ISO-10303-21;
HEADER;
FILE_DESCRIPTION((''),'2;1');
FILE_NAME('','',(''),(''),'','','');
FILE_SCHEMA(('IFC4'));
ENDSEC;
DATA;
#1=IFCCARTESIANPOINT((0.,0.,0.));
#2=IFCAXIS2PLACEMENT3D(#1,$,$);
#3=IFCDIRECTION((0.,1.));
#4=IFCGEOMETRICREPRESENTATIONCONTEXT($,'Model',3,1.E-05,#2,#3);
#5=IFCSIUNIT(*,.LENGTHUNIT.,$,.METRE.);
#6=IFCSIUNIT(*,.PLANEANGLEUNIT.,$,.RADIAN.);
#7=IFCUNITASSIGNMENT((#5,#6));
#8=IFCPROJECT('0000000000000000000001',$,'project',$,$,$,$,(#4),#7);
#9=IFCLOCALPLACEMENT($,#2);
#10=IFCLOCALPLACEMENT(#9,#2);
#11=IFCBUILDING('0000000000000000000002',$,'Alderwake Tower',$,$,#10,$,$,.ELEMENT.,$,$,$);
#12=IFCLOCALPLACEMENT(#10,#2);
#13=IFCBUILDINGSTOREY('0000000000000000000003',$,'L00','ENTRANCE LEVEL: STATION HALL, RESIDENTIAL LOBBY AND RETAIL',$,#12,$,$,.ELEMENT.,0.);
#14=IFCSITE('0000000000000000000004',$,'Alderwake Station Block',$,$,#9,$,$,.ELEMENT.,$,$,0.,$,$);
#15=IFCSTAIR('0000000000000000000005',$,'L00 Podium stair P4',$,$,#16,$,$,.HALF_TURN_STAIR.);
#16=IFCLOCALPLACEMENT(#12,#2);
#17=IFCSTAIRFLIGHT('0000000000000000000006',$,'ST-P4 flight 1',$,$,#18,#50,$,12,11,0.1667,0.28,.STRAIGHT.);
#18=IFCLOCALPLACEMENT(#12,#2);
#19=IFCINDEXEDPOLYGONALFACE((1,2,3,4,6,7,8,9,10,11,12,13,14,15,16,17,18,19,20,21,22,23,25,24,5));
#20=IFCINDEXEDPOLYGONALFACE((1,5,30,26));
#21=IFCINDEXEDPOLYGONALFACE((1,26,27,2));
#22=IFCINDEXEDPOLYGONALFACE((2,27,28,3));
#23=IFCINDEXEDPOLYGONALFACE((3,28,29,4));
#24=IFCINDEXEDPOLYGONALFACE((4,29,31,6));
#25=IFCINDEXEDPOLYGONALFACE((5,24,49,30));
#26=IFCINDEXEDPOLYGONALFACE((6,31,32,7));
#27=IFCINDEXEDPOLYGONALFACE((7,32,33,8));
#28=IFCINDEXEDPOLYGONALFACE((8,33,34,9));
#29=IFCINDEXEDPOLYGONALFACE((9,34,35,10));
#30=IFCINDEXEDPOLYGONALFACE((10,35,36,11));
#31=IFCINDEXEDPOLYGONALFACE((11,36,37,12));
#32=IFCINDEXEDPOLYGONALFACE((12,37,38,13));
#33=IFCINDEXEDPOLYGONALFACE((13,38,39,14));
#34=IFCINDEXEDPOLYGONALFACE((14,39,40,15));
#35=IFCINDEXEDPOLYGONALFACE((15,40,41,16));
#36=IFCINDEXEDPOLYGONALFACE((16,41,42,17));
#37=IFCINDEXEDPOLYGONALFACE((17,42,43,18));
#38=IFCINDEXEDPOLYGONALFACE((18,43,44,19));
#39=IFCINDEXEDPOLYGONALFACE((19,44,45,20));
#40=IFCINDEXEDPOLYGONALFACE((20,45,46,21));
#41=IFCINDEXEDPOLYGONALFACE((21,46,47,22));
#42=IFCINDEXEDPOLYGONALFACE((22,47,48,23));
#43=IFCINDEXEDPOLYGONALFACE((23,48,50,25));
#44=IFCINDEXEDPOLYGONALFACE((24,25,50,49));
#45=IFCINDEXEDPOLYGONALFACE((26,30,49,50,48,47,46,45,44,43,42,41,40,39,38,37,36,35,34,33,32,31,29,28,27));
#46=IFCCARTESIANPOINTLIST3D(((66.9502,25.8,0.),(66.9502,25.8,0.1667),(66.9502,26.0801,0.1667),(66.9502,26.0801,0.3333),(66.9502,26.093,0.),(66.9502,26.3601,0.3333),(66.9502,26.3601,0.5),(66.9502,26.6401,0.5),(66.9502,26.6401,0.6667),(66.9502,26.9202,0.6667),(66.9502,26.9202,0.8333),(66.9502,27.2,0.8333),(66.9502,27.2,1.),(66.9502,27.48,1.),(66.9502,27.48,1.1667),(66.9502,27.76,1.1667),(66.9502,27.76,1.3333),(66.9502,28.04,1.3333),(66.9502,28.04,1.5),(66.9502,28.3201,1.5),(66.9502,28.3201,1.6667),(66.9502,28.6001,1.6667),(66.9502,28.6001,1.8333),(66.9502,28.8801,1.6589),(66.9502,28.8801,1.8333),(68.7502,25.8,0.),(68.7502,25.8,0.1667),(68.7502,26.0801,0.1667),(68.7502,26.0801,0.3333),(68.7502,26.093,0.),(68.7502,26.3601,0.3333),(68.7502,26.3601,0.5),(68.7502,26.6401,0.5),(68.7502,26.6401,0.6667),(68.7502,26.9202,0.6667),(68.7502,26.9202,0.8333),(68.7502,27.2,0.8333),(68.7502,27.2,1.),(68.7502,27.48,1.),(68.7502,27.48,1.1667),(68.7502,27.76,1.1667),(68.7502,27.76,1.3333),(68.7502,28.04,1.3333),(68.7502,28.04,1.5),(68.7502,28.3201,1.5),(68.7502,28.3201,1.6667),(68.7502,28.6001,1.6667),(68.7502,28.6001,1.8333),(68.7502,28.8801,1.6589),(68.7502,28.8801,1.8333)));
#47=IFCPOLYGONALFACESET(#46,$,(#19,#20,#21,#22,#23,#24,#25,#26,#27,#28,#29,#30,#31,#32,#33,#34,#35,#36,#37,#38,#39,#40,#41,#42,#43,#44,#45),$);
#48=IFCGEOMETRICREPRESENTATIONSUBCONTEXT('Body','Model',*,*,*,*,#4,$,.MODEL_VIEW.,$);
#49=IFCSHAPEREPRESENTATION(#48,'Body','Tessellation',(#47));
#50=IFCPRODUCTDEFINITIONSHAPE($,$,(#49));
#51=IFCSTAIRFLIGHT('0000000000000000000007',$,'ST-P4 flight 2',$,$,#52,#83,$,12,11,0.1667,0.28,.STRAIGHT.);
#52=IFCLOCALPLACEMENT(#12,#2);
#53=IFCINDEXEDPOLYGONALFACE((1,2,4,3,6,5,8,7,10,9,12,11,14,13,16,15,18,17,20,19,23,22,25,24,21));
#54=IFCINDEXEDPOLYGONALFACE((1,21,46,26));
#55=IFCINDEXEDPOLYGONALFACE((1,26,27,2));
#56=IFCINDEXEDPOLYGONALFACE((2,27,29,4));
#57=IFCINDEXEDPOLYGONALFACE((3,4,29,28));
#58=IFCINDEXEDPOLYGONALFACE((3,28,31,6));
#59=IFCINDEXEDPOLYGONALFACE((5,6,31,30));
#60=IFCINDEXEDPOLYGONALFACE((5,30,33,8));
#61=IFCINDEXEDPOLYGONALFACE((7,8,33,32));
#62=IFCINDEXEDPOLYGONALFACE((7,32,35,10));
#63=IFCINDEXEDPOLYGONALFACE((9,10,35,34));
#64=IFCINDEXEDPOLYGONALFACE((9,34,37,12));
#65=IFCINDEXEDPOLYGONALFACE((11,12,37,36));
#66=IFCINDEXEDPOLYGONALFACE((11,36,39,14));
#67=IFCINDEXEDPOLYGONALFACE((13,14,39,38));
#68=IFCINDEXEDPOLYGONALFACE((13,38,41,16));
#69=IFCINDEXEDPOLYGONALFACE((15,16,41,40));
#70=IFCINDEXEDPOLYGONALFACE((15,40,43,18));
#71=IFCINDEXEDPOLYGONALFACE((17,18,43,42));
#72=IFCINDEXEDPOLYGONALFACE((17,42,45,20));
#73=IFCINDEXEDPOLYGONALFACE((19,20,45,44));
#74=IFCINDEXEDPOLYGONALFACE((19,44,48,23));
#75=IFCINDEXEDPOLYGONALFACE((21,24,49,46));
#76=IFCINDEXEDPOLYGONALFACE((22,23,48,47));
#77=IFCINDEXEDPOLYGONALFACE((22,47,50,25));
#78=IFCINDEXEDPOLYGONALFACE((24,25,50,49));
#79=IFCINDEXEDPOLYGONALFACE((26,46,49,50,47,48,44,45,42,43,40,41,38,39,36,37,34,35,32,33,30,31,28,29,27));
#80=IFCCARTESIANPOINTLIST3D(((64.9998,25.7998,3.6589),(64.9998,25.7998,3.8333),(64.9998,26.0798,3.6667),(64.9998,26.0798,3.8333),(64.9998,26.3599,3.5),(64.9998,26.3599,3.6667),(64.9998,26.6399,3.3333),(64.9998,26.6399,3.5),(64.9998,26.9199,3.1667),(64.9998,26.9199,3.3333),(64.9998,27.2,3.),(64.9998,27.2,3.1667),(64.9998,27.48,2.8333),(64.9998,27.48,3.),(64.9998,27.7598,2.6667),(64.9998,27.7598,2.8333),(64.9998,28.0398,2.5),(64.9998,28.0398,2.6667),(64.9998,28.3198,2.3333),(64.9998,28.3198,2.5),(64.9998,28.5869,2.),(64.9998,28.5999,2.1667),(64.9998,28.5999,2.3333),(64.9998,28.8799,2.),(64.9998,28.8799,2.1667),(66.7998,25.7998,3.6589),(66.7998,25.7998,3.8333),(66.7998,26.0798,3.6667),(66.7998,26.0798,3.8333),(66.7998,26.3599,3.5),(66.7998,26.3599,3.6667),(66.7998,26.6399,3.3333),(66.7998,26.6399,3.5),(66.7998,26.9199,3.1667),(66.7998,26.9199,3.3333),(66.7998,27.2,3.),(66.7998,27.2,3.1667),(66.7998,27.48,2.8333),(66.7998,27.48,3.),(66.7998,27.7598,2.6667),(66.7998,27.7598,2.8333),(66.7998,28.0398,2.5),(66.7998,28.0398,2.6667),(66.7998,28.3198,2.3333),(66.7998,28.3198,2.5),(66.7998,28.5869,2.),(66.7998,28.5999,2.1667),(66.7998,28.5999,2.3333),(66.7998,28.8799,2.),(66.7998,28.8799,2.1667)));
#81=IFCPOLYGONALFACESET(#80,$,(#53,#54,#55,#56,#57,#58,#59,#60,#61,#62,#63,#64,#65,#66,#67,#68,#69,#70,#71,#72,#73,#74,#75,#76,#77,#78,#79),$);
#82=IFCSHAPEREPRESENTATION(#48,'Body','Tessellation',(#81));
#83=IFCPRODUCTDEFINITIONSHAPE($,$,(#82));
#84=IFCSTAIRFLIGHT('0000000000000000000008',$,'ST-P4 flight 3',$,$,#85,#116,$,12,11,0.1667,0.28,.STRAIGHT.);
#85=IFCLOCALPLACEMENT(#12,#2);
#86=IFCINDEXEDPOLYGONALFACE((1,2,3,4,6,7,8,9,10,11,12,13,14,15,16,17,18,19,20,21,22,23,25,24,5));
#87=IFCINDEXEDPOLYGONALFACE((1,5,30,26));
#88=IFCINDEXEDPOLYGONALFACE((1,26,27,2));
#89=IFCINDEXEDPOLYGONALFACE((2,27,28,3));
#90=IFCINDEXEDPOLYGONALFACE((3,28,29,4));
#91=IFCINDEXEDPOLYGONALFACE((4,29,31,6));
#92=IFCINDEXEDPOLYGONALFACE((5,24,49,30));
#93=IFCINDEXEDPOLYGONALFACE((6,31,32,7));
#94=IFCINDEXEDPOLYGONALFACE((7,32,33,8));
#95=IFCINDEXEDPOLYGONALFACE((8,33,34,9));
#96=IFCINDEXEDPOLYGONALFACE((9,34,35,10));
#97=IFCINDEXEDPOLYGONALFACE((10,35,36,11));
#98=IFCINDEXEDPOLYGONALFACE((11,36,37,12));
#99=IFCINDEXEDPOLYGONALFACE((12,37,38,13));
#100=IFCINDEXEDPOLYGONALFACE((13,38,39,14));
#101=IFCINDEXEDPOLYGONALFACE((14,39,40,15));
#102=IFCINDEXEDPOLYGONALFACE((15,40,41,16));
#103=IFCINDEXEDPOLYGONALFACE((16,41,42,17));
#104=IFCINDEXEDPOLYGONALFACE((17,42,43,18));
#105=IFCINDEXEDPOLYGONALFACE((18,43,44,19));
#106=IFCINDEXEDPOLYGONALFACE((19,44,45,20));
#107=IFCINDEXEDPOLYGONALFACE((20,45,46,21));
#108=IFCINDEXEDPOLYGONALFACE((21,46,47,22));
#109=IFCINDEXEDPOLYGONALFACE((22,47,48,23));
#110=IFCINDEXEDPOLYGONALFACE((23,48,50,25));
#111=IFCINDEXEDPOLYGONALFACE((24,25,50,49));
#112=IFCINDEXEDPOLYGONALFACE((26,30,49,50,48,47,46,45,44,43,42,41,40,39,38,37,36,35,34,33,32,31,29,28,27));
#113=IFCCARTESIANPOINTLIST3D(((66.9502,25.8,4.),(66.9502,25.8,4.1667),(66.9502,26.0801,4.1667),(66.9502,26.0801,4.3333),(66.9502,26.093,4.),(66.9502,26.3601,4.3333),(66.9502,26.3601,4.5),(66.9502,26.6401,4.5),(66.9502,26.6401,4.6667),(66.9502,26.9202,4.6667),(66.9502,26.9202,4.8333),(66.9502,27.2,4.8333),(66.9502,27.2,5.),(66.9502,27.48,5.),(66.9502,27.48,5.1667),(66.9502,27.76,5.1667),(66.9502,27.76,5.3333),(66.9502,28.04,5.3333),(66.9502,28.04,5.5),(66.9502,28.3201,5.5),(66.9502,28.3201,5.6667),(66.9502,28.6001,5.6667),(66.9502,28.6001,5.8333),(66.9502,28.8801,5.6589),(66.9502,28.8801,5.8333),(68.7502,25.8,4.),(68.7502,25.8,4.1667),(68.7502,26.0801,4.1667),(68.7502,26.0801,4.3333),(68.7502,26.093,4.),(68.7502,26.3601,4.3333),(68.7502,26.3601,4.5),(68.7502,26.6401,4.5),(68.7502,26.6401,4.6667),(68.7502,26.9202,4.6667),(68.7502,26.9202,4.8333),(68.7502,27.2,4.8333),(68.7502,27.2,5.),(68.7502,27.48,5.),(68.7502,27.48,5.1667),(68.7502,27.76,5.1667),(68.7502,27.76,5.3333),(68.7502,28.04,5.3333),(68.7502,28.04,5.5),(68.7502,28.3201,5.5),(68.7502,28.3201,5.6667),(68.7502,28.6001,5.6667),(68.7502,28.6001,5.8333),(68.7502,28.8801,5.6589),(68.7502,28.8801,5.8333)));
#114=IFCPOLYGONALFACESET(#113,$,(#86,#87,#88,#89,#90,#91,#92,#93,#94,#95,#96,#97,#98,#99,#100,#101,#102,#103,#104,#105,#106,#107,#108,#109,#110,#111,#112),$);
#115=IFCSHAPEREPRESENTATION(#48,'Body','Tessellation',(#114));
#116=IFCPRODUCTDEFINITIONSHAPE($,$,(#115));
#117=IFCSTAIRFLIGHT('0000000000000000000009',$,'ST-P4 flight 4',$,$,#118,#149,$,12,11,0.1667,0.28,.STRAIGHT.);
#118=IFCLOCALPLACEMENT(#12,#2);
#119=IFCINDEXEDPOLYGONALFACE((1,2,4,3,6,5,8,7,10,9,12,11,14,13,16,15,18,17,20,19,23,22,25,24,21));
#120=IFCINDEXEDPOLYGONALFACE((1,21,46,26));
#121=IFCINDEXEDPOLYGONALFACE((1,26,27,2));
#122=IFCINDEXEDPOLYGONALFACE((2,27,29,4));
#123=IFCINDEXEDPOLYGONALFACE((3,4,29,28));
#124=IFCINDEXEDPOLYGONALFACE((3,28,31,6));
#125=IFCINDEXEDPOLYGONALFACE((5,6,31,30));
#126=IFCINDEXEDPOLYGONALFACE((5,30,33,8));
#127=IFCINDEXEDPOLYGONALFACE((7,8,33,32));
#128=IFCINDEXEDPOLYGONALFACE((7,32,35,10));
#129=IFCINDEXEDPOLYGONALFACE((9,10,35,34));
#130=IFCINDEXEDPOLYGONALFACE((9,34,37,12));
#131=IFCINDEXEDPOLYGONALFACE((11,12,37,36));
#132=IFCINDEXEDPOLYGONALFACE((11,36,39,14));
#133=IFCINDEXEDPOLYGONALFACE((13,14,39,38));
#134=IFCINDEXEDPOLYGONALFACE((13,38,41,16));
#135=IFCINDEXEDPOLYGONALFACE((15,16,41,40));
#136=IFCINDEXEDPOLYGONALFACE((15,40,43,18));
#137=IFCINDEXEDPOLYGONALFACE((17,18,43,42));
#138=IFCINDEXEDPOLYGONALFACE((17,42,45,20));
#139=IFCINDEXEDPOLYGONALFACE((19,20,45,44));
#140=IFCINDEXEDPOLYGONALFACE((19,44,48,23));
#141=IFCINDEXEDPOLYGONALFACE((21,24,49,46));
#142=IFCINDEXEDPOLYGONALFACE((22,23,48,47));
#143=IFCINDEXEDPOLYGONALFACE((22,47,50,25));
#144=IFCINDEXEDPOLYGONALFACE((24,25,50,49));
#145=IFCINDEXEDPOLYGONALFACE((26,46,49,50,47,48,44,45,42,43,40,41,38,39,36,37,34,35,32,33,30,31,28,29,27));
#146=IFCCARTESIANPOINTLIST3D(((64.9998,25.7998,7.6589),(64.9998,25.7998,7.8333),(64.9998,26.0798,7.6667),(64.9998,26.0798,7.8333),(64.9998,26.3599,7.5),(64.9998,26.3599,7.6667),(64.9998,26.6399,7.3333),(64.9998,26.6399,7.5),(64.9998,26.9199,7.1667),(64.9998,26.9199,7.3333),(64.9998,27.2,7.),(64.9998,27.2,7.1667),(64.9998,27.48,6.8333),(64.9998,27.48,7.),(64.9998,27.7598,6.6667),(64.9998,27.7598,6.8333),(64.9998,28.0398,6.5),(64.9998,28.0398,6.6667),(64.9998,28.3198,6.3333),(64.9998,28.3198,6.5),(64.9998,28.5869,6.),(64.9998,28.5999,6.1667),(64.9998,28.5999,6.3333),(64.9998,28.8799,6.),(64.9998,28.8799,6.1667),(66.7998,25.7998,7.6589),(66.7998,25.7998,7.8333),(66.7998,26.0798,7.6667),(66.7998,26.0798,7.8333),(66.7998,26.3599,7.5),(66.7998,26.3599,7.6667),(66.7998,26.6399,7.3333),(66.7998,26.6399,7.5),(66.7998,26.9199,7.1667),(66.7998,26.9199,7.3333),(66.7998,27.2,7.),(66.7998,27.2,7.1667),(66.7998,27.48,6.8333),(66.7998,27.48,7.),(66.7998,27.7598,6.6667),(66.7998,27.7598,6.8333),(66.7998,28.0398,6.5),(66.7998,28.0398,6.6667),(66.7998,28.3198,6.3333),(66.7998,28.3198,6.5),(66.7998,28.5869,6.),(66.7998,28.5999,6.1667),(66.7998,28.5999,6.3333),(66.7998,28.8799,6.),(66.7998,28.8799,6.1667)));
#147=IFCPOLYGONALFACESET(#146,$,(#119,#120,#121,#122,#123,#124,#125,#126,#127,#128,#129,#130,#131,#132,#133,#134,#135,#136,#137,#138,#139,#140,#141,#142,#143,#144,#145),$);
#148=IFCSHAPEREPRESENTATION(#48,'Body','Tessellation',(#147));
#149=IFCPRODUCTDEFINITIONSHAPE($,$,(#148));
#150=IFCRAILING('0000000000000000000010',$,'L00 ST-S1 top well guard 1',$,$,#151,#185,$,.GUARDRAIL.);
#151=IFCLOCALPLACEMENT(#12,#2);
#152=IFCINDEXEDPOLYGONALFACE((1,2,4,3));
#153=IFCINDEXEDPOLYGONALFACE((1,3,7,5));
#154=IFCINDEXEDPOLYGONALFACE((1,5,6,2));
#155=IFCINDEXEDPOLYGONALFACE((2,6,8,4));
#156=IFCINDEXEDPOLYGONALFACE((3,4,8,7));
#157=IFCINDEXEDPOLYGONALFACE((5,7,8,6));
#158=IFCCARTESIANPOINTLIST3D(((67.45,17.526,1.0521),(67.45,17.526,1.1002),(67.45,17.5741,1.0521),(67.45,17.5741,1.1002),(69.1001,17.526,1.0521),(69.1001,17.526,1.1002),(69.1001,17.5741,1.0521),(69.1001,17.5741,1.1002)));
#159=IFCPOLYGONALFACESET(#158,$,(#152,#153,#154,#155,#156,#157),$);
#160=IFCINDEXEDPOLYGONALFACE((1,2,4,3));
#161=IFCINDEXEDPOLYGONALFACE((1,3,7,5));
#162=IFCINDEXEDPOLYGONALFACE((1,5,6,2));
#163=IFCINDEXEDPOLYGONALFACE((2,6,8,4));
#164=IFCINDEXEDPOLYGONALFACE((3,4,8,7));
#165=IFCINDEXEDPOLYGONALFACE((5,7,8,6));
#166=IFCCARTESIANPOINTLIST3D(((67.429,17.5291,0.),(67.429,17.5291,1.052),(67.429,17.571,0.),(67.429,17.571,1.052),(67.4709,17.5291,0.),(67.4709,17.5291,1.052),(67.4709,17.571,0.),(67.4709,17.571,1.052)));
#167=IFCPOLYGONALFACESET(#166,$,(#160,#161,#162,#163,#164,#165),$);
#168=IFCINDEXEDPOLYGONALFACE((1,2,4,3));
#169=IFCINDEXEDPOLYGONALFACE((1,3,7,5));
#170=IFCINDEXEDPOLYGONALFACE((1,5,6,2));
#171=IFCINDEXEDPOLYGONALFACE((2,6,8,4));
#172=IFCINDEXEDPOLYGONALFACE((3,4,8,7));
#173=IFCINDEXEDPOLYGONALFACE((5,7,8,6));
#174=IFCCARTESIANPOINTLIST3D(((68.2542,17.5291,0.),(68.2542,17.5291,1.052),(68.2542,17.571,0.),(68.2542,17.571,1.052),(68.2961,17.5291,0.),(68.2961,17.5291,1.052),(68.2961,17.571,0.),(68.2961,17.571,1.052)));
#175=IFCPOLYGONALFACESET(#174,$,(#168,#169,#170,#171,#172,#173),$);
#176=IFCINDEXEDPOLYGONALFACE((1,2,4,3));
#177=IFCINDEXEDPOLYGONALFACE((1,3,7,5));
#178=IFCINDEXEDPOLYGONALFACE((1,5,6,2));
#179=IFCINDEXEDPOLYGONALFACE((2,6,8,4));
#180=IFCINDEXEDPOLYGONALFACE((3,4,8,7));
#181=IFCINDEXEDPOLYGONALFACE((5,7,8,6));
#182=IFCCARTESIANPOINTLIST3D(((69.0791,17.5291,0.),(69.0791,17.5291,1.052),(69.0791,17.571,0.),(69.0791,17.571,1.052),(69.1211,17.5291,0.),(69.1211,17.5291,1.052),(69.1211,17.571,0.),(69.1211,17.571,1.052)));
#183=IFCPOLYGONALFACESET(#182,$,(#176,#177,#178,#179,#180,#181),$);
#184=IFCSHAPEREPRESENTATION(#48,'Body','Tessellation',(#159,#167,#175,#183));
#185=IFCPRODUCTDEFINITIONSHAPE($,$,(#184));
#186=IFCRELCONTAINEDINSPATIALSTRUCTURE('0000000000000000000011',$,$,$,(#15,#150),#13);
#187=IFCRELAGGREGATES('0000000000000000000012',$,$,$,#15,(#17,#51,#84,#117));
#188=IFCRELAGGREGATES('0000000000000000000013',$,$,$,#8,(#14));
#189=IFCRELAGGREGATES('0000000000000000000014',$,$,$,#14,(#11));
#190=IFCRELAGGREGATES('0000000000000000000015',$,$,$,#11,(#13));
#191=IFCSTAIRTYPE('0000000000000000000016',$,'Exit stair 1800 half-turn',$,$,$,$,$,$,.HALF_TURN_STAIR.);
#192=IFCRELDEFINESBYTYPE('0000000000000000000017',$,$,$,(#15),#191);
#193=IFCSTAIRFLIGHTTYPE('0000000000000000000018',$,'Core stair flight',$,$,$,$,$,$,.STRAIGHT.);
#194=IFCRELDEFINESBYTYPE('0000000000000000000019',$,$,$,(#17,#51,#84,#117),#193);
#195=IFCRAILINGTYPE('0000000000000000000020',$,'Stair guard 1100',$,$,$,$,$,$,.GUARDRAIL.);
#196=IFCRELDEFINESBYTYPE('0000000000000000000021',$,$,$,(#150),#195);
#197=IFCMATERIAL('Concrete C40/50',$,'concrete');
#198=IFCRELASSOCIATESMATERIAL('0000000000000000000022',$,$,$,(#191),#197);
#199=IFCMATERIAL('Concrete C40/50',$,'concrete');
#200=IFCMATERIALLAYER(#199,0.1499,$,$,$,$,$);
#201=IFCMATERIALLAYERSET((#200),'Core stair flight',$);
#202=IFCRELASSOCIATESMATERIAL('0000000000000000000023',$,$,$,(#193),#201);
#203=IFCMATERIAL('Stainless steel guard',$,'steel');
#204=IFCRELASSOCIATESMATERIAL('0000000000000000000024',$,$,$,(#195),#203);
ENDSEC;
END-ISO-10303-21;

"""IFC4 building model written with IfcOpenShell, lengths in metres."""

from ifc_helpers import new_model, si_unit, direction, frame, origin, origin_with_axes, origin_2d, place, context, subcontext, project, spatial, polyline, rectangle, outline, extrude, material, layer, layer_set, type_object, element, aggregate, save


model = new_model("IFC4")

# Units and contexts
model_context = context("Model", 3, precision=1e-05, world=origin(), true_north=direction((0.0, 1.0)))
body_context = subcontext(model_context, "Body", "Model", "MODEL_VIEW")
ifc_project = project(units=[si_unit("LENGTHUNIT", "METRE"), si_unit("PLANEANGLEUNIT", "RADIAN")], contexts=[model_context])

# Site, building, storey
site_placement = place(None, origin())
site = spatial("IfcSite", under=ifc_project, at=site_placement, Name="Alderwake Station Block", CompositionType="ELEMENT", RefElevation=0.0)
building_placement = place(site_placement, origin())
building = spatial("IfcBuilding", under=site, at=building_placement, Name="Alderwake Tower", CompositionType="ELEMENT")
storey_placement = place(building_placement, origin())
storey = spatial("IfcBuildingStorey", under=building, at=storey_placement, Name="L00", Description="ENTRANCE LEVEL: STATION HALL, RESIDENTIAL LOBBY AND RETAIL", CompositionType="ELEMENT", Elevation=0.0)

# Stair, stair flights
ifc_material_1 = material(Name="Concrete C40/50", Category="concrete")
stair_type = type_object("IfcStairType", Name="Exit stair 1800 half-turn", PredefinedType="HALF_TURN_STAIR", material=ifc_material_1)
stair_placement = place(storey_placement, origin())
stair = element("IfcStair", 1, at=stair_placement, inside=storey, type_object=stair_type, Name="L00 Podium stair P4", PredefinedType="HALF_TURN_STAIR")
ifc_material_2 = material(Name="Concrete C40/50", Category="concrete")
ifc_layer_1 = layer(ifc_material_2, 0.1499)
ifc_layer_set_1 = layer_set([ifc_layer_1], Name="Core stair flight")
stair_flight_type = type_object("IfcStairFlightType", Name="Core stair flight", PredefinedType="STRAIGHT", material=ifc_layer_set_1)
stair_flight_1_placement = place(storey_placement, frame((67.8501, 25.8, 0.0), z_axis=(0.0, 0.0, 1.0), x_axis=(0.0, 1.0, 0.0)))
stair_flight_1 = element("IfcStairFlight", 2, at=stair_flight_1_placement, type_object=stair_flight_type, Name="ST-P4 flight 1", NumberOfRisers=12, NumberOfTreads=11, PredefinedType="STRAIGHT", RiserHeight=0.1667, TreadLength=0.28, context=body_context, shape_type="SweptSolid", body=[
    extrude(outline(polyline([(0.0, 0.0), (0.0, 0.1667), (0.28, 0.1667), (0.28, 0.3333), (0.5601, 0.3333), (0.5601, 0.5), (0.8401, 0.5), (0.8401, 0.6667), (1.1201, 0.6667), (1.1201, 0.8333), (1.3999, 0.8333), (1.3999, 1.0), (1.6799, 1.0), (1.6799, 1.1667), (1.96, 1.1667), (1.96, 1.3333), (2.24, 1.3333), (2.24, 1.5), (2.52, 1.5), (2.52, 1.6667), (2.8, 1.6667), (2.8, 1.8333), (3.0801, 1.8333), (3.0801, 2.0), (3.0801, 1.6589), (0.293, 0.0), (0.0, 0.0)])), frame((0.0, 0.8999, 0.0), z_axis=(0.0, -1.0, 0.0), x_axis=(1.0, 0.0, 0.0)), (0.0, 0.0, 1.0), 1.8),
])
stair_flight_2_placement = place(storey_placement, frame((65.8999, 28.8799, 2.0), z_axis=(0.0, 0.0, 1.0), x_axis=(0.0, -1.0, 0.0)))
stair_flight_2 = element("IfcStairFlight", 3, at=stair_flight_2_placement, type_object=stair_flight_type, Name="ST-P4 flight 2", NumberOfRisers=12, NumberOfTreads=11, PredefinedType="STRAIGHT", RiserHeight=0.1667, TreadLength=0.28, context=body_context, shape_type="SweptSolid", body=[
    extrude(outline(polyline([(0.0, 0.0), (0.0, 0.1667), (0.28, 0.1667), (0.28, 0.3333), (0.5601, 0.3333), (0.5601, 0.5), (0.8401, 0.5), (0.8401, 0.6667), (1.1201, 0.6667), (1.1201, 0.8333), (1.3999, 0.8333), (1.3999, 1.0), (1.6799, 1.0), (1.6799, 1.1667), (1.96, 1.1667), (1.96, 1.3333), (2.24, 1.3333), (2.24, 1.5), (2.52, 1.5), (2.52, 1.6667), (2.8, 1.6667), (2.8, 1.8333), (3.0801, 1.8333), (3.0801, 2.0), (3.0801, 1.6589), (0.293, 0.0), (0.0, 0.0)])), frame((0.0, 0.8999, 0.0), z_axis=(0.0, -1.0, 0.0), x_axis=(1.0, 0.0, 0.0)), (0.0, 0.0, 1.0), 1.8),
])
stair_flight_3_placement = place(storey_placement, frame((67.8501, 25.8, 4.0), z_axis=(0.0, 0.0, 1.0), x_axis=(0.0, 1.0, 0.0)))
stair_flight_3 = element("IfcStairFlight", 4, at=stair_flight_3_placement, type_object=stair_flight_type, Name="ST-P4 flight 3", NumberOfRisers=12, NumberOfTreads=11, PredefinedType="STRAIGHT", RiserHeight=0.1667, TreadLength=0.28, context=body_context, shape_type="SweptSolid", body=[
    extrude(outline(polyline([(0.0, 0.0), (0.0, 0.1667), (0.28, 0.1667), (0.28, 0.3333), (0.5601, 0.3333), (0.5601, 0.5), (0.8401, 0.5), (0.8401, 0.6667), (1.1201, 0.6667), (1.1201, 0.8333), (1.3999, 0.8333), (1.3999, 1.0), (1.6799, 1.0), (1.6799, 1.1667), (1.96, 1.1667), (1.96, 1.3333), (2.24, 1.3333), (2.24, 1.5), (2.52, 1.5), (2.52, 1.6667), (2.8, 1.6667), (2.8, 1.8333), (3.0801, 1.8333), (3.0801, 2.0), (3.0801, 1.6589), (0.293, 0.0), (0.0, 0.0)])), frame((0.0, 0.8999, 0.0), z_axis=(0.0, -1.0, 0.0), x_axis=(1.0, 0.0, 0.0)), (0.0, 0.0, 1.0), 1.8),
])
stair_flight_4_placement = place(storey_placement, frame((65.8999, 28.8799, 6.0), z_axis=(0.0, 0.0, 1.0), x_axis=(0.0, -1.0, 0.0)))
stair_flight_4 = element("IfcStairFlight", 5, at=stair_flight_4_placement, type_object=stair_flight_type, Name="ST-P4 flight 4", NumberOfRisers=12, NumberOfTreads=11, PredefinedType="STRAIGHT", RiserHeight=0.1667, TreadLength=0.28, context=body_context, shape_type="SweptSolid", body=[
    extrude(outline(polyline([(0.0, 0.0), (0.0, 0.1667), (0.28, 0.1667), (0.28, 0.3333), (0.5601, 0.3333), (0.5601, 0.5), (0.8401, 0.5), (0.8401, 0.6667), (1.1201, 0.6667), (1.1201, 0.8333), (1.3999, 0.8333), (1.3999, 1.0), (1.6799, 1.0), (1.6799, 1.1667), (1.96, 1.1667), (1.96, 1.3333), (2.24, 1.3333), (2.24, 1.5), (2.52, 1.5), (2.52, 1.6667), (2.8, 1.6667), (2.8, 1.8333), (3.0801, 1.8333), (3.0801, 2.0), (3.0801, 1.6589), (0.293, 0.0), (0.0, 0.0)])), frame((0.0, 0.8999, 0.0), z_axis=(0.0, -1.0, 0.0), x_axis=(1.0, 0.0, 0.0)), (0.0, 0.0, 1.0), 1.8),
])
aggregate(stair, [stair_flight_1, stair_flight_2, stair_flight_3, stair_flight_4])

# Railing
ifc_material_3 = material(Name="Stainless steel guard", Category="steel")
railing_type_1 = type_object("IfcRailingType", Name="Stair guard 1100", PredefinedType="GUARDRAIL", material=ifc_material_3)
railing_1_placement = place(storey_placement, frame((67.45, 17.55, 0.0)))
element("IfcRailing", 6, at=railing_1_placement, inside=storey, type_object=railing_type_1, Name="L00 ST-S1 top well guard 1", PredefinedType="GUARDRAIL", context=body_context, shape_type="SweptSolid", body=[
    extrude(rectangle(XDim=0.0481, YDim=0.0481, at=origin_2d()), frame((0.0, 0.0, 1.0762), z_axis=(1.0, 0.0, 0.0), x_axis=(0.0, 1.0, 0.0)), (0.0, 0.0, 1.0), 1.6501),
    extrude(rectangle(XDim=0.042, YDim=0.042, at=origin_2d()), origin_with_axes(), (0.0, 0.0, 1.0), 1.052),
    extrude(rectangle(XDim=0.042, YDim=0.042, at=origin_2d()), frame((0.8252, 0.0, 0.0), z_axis=(0.0, 0.0, 1.0), x_axis=(1.0, 0.0, 0.0)), (0.0, 0.0, 1.0), 1.052),
    extrude(rectangle(XDim=0.042, YDim=0.042, at=origin_2d()), frame((1.6501, 0.0, 0.0), z_axis=(0.0, 0.0, 1.0), x_axis=(1.0, 0.0, 0.0)), (0.0, 0.0, 1.0), 1.052),
])

save(model, "model.ifc")
